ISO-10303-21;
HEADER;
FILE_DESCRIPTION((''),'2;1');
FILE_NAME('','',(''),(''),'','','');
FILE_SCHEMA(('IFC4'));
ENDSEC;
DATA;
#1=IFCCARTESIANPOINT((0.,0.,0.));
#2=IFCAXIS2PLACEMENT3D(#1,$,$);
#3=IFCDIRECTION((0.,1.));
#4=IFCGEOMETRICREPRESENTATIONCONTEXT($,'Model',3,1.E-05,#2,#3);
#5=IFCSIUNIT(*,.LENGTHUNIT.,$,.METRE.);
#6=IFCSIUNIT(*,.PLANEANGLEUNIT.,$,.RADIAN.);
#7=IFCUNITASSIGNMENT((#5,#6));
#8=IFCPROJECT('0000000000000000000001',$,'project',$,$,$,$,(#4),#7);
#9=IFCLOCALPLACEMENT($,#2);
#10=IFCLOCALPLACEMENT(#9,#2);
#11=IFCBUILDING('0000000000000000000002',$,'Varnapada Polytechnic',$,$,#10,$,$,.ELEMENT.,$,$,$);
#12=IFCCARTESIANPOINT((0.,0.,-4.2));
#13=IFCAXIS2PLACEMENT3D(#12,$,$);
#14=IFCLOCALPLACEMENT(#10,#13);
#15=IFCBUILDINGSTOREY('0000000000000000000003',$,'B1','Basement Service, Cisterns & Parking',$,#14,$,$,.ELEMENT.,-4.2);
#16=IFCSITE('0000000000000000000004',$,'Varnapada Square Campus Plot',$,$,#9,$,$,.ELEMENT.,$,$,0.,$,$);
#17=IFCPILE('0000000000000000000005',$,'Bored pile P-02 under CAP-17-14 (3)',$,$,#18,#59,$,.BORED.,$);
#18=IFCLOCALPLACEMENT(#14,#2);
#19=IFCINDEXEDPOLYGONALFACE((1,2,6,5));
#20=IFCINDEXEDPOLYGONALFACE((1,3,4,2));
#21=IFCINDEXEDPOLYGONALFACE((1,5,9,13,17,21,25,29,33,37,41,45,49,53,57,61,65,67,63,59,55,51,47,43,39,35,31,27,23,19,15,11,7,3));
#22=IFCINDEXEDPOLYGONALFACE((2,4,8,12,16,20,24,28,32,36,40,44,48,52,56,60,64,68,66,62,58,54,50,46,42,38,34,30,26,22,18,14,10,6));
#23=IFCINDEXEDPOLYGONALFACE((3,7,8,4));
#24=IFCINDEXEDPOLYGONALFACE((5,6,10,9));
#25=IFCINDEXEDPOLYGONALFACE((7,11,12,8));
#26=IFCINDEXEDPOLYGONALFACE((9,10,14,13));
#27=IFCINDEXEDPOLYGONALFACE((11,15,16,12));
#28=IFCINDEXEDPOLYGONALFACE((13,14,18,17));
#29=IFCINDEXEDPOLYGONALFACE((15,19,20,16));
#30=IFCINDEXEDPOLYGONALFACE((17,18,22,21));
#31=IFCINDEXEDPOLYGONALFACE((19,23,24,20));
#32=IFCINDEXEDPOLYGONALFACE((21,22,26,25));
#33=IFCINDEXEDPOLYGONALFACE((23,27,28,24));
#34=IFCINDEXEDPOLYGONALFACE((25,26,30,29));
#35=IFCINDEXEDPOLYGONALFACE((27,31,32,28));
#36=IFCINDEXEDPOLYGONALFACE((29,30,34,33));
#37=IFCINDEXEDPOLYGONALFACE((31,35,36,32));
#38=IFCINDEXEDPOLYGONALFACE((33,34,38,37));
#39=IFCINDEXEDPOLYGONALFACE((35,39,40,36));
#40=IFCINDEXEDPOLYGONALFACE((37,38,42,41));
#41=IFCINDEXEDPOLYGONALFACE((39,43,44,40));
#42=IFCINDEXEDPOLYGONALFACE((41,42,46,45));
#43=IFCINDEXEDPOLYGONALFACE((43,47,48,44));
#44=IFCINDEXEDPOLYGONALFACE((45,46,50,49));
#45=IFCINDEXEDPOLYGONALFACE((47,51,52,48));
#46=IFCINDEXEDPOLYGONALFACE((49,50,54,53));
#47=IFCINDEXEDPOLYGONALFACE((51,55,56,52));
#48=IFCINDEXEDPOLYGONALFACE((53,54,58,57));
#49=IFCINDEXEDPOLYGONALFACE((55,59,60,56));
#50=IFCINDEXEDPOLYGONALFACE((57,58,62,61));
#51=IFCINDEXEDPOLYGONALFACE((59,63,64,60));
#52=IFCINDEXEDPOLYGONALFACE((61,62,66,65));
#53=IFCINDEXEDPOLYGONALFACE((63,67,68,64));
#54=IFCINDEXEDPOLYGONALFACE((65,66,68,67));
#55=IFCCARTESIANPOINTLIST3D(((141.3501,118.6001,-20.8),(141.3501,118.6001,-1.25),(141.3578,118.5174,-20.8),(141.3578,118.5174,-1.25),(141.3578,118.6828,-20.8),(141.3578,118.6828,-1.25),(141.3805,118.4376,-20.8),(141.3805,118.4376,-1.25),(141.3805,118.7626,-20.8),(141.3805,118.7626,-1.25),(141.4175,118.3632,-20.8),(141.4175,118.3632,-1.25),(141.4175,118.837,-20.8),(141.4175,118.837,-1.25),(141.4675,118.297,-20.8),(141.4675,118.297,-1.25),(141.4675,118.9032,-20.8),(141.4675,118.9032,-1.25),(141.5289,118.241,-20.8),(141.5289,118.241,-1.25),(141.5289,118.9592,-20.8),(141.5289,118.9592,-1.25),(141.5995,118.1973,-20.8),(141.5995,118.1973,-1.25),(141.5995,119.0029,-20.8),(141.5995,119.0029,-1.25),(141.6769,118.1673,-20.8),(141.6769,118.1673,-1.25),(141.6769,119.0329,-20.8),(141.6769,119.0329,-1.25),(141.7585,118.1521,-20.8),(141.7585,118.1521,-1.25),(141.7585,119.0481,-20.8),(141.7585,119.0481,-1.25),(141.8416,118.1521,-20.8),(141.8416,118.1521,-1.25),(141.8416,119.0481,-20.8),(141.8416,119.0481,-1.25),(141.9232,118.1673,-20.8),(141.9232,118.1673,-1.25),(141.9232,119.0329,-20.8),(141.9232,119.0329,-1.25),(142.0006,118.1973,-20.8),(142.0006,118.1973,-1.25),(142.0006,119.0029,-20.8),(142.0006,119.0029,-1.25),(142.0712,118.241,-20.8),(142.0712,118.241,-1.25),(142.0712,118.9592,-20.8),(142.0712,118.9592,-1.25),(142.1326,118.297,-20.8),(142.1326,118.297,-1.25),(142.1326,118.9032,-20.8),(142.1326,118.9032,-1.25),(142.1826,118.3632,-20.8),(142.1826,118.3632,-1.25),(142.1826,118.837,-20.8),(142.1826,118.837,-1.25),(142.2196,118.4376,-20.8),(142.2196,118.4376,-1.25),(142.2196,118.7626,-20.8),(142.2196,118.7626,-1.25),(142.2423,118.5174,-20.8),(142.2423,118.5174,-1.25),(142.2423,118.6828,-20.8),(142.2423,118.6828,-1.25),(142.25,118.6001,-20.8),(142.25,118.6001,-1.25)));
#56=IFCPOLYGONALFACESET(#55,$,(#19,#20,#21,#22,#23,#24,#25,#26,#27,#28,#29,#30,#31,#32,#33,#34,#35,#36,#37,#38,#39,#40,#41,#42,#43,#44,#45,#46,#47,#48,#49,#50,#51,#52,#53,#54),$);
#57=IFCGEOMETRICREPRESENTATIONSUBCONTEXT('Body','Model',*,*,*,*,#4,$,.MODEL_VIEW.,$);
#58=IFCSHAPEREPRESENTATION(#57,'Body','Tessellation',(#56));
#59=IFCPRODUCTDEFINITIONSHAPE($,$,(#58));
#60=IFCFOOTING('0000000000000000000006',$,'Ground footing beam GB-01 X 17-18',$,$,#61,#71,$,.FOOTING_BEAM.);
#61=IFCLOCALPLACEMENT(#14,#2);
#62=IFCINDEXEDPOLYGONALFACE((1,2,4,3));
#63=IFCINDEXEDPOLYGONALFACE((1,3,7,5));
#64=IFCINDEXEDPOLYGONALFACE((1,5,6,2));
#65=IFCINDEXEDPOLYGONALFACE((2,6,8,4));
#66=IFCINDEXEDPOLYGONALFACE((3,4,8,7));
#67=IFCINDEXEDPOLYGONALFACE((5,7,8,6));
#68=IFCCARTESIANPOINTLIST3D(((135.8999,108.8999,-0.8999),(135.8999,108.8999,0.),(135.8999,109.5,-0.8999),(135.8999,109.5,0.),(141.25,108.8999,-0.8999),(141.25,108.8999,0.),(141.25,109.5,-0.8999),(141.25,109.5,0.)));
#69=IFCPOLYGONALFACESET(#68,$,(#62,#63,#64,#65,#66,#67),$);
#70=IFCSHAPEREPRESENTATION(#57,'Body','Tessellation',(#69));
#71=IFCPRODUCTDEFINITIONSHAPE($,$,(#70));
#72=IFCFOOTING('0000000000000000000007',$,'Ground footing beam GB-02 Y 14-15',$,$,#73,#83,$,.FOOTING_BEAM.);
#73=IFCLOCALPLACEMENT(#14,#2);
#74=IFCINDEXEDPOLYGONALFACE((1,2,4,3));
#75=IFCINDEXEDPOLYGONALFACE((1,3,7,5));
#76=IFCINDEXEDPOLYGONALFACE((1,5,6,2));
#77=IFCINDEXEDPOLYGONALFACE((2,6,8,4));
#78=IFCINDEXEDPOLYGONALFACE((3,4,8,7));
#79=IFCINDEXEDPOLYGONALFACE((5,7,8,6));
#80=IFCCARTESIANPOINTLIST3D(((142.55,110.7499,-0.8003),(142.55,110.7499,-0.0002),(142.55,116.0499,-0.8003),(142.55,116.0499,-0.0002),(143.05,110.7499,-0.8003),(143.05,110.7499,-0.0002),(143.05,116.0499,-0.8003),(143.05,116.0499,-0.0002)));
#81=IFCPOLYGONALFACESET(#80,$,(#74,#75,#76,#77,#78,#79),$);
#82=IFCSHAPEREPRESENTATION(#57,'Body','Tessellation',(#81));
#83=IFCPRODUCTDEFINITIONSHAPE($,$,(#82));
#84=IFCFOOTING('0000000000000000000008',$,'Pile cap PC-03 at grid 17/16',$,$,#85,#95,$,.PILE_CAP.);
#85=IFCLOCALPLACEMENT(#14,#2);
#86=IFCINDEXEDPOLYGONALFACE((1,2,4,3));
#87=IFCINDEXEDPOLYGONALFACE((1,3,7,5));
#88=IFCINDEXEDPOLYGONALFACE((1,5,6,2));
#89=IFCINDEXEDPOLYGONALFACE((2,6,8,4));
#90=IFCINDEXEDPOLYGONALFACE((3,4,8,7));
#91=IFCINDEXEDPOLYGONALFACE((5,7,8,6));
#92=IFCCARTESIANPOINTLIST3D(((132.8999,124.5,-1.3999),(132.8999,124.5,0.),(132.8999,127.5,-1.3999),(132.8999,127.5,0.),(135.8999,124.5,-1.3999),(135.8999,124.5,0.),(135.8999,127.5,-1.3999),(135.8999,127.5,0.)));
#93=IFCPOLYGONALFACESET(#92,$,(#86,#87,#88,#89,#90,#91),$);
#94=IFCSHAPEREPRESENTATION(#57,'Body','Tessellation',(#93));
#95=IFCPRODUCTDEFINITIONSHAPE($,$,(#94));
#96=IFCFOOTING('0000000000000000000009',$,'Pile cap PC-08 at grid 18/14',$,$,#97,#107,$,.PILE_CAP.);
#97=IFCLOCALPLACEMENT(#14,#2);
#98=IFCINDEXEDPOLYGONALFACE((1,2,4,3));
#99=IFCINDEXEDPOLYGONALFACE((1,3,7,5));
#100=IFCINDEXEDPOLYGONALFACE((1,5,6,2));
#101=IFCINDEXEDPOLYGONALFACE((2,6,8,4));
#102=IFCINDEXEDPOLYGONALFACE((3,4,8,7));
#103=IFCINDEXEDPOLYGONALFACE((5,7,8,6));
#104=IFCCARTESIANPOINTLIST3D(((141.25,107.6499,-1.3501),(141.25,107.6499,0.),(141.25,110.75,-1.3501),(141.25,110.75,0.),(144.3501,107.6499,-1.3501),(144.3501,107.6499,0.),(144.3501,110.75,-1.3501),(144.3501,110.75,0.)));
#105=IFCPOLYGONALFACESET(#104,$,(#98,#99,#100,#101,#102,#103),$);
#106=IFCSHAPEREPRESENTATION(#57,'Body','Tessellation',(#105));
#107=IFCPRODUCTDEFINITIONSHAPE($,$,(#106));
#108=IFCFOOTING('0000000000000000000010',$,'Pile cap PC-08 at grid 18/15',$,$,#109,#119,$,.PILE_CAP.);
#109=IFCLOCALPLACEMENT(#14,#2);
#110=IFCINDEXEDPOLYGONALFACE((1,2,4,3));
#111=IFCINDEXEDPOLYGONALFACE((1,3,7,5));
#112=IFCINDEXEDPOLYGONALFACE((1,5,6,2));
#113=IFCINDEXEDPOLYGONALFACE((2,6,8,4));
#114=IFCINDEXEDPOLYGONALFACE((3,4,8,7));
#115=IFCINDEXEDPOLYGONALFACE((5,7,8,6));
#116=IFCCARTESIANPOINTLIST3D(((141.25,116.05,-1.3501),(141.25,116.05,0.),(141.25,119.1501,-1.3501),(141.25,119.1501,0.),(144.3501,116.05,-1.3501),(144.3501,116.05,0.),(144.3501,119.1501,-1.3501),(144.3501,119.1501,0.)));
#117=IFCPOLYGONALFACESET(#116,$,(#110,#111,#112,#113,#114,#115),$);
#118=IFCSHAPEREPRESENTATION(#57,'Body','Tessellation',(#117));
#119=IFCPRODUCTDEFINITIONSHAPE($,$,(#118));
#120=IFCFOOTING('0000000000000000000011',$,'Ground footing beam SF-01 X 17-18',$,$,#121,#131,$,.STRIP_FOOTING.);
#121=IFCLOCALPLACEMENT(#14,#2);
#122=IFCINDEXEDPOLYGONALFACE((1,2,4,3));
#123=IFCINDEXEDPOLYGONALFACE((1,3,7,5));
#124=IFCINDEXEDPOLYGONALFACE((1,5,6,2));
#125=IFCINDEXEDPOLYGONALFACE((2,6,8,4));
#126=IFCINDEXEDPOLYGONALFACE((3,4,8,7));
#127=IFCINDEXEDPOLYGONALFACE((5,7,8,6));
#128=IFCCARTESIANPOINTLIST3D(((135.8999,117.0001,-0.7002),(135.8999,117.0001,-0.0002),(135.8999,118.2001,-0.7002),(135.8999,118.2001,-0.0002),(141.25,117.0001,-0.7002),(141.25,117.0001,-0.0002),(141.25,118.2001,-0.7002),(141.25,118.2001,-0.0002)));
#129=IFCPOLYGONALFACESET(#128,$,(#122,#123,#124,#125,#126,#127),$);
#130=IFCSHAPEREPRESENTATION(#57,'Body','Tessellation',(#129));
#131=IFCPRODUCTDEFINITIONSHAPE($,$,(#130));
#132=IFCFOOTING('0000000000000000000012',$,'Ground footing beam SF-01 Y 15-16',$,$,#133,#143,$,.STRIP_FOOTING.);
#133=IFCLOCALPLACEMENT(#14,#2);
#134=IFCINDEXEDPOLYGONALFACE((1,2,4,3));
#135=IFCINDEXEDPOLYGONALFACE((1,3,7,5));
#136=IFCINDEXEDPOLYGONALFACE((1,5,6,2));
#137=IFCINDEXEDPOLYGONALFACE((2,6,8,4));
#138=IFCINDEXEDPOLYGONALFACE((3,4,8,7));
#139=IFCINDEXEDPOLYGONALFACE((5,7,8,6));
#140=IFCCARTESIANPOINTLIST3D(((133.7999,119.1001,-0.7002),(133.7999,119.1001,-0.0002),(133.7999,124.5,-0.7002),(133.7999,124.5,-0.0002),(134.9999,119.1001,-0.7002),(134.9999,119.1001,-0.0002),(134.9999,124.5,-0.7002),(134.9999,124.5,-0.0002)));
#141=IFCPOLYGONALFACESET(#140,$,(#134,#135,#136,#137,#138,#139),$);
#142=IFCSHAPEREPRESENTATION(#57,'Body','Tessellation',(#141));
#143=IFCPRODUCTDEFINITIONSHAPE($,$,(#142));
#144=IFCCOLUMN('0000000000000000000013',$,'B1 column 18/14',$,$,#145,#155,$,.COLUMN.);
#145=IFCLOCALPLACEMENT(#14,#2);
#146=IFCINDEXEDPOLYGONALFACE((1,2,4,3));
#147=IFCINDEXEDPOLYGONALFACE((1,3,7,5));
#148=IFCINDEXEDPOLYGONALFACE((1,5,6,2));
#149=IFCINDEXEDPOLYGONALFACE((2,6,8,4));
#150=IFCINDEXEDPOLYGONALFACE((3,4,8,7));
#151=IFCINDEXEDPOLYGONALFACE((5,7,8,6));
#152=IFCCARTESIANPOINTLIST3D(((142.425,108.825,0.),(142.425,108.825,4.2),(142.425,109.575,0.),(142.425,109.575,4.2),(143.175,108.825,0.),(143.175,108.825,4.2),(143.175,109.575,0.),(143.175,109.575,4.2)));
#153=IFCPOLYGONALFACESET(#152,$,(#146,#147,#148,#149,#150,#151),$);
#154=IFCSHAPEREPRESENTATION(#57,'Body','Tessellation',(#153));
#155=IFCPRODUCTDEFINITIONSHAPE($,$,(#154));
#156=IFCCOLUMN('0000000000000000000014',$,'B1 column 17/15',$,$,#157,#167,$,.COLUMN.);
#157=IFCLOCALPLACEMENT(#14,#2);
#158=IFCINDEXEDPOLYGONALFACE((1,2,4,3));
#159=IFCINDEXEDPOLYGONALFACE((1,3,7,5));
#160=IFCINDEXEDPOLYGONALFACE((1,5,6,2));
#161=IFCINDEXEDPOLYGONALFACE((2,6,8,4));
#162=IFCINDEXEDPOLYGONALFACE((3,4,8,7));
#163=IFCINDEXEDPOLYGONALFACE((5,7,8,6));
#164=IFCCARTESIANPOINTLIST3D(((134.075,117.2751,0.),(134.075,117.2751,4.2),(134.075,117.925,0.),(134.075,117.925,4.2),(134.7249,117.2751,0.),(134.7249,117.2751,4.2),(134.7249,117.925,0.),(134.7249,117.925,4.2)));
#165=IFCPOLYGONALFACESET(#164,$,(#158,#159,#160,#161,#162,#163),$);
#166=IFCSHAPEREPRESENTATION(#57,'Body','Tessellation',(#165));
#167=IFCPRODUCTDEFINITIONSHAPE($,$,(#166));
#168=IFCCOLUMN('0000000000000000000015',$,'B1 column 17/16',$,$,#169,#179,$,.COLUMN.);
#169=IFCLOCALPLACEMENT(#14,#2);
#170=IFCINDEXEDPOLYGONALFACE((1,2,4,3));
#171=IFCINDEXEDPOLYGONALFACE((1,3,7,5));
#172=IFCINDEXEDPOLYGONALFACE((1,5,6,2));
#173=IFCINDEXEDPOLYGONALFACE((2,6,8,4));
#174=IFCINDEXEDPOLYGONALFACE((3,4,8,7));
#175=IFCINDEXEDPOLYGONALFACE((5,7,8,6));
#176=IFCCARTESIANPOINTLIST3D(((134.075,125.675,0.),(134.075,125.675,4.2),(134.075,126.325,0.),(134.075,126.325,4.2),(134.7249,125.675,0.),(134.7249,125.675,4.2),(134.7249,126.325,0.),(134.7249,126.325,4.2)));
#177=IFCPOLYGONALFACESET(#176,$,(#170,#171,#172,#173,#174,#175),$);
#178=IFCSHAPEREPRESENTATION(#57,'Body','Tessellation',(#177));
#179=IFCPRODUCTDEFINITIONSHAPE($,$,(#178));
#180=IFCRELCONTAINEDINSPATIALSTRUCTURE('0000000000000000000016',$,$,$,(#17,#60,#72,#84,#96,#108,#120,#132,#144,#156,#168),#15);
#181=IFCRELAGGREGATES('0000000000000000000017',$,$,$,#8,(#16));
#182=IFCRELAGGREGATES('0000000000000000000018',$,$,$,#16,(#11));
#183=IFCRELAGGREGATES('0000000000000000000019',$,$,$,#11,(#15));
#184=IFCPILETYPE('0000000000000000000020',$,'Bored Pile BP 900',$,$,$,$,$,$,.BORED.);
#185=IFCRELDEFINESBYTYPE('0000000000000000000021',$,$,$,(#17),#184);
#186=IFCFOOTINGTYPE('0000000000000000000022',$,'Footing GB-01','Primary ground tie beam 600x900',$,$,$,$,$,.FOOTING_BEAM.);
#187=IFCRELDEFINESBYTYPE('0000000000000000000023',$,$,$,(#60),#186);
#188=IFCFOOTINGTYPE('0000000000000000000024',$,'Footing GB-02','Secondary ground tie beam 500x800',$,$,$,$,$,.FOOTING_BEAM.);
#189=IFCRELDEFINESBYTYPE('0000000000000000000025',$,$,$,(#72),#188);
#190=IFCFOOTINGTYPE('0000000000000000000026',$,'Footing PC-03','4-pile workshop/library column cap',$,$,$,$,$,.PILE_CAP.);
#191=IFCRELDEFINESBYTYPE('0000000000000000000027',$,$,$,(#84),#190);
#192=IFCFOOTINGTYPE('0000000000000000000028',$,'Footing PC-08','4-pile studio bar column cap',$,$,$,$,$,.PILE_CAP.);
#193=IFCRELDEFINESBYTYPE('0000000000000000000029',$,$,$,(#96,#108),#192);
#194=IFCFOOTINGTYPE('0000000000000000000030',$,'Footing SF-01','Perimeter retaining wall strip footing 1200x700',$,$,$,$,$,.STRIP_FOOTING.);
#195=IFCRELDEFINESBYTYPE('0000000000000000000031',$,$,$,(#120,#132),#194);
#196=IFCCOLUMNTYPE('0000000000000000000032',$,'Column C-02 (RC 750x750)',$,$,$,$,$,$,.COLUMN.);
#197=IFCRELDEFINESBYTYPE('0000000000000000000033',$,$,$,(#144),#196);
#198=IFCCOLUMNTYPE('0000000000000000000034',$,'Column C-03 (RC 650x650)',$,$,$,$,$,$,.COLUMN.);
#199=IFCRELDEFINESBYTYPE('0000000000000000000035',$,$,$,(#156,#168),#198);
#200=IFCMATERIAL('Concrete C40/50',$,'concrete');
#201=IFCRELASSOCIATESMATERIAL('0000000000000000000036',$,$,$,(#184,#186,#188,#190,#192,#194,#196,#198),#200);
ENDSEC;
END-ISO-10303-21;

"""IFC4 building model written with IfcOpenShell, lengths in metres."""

from ifc_helpers import new_model, si_unit, direction, frame, origin, origin_2d, place, context, subcontext, project, spatial, rectangle, circle, extrude, material, material_profile, profile_set, type_object, element, save


model = new_model("IFC4")

# Units and contexts
model_context = context("Model", 3, precision=1e-05, world=origin(), true_north=direction((0.0, 1.0)))
body_context = subcontext(model_context, "Body", "Model", "MODEL_VIEW")
ifc_project = project(units=[si_unit("LENGTHUNIT", "METRE"), si_unit("PLANEANGLEUNIT", "RADIAN")], contexts=[model_context])

# Site, building, storey
site_placement = place(None, origin())
site = spatial("IfcSite", under=ifc_project, at=site_placement, Name="Varnapada Square Campus Plot", CompositionType="ELEMENT", RefElevation=0.0)
building_placement = place(site_placement, origin())
building = spatial("IfcBuilding", under=site, at=building_placement, Name="Varnapada Polytechnic", CompositionType="ELEMENT")
storey_placement = place(building_placement, frame((0.0, 0.0, -4.2)))
storey = spatial("IfcBuildingStorey", under=building, at=storey_placement, Name="B1", Description="Basement Service, Cisterns & Parking", CompositionType="ELEMENT", Elevation=-4.2)

# Pile
ifc_material_1 = material(Name="Concrete C40/50", Category="concrete")
ifc_material_profile_1 = material_profile(ifc_material_1, circle(Radius=0.45, at=origin_2d()), Name="BP 900")
ifc_profile_set_1 = profile_set([ifc_material_profile_1], Name="Concrete C40/50")
pile_type = type_object("IfcPileType", Name="Bored Pile BP 900", PredefinedType="BORED", material=ifc_profile_set_1)
for number, where, z_axis, x_axis, name in (
    (1, (141.8, 118.6001, -1.25), (0.0, 0.0, -1.0), (1.0, 0.0, 0.0), "Bored pile P-02 under CAP-17-14 (3)"),
):
    element("IfcPile", number, at=place(storey_placement, frame(where, z_axis=z_axis, x_axis=x_axis)), inside=storey, type_object=pile_type, Name=name, PredefinedType="BORED", context=body_context, shape_type="SweptSolid", body=[
        extrude(circle(Radius=0.45, at=origin_2d()), origin(), (0.0, 0.0, 1.0), 19.55),
    ])

# Footings
footing_type_1 = type_object("IfcFootingType", Name="Footing GB-01", Description="Primary ground tie beam 600x900", PredefinedType="FOOTING_BEAM", material=ifc_material_1)
footing_1_placement = place(storey_placement, frame((138.575, 109.2, -0.8999), z_axis=(0.0, 0.0, 1.0), x_axis=(1.0, 0.0, 0.0)))
element("IfcFooting", 2, at=footing_1_placement, inside=storey, type_object=footing_type_1, Name="Ground footing beam GB-01 X 17-18", PredefinedType="FOOTING_BEAM", context=body_context, shape_type="SweptSolid", body=[
    extrude(rectangle(XDim=5.3501, YDim=0.6001, at=origin_2d()), origin(), (0.0, 0.0, 1.0), 0.8999),
])
footing_type_2 = type_object("IfcFootingType", Name="Footing GB-02", Description="Secondary ground tie beam 500x800", PredefinedType="FOOTING_BEAM", material=ifc_material_1)
footing_2_placement = place(storey_placement, frame((142.8, 113.3999, -0.8003), z_axis=(0.0, 0.0, 1.0), x_axis=(0.0, 1.0, 0.0)))
element("IfcFooting", 3, at=footing_2_placement, inside=storey, type_object=footing_type_2, Name="Ground footing beam GB-02 Y 14-15", PredefinedType="FOOTING_BEAM", context=body_context, shape_type="SweptSolid", body=[
    extrude(rectangle(XDim=5.3, YDim=0.5, at=origin_2d()), origin(), (0.0, 0.0, 1.0), 0.8),
])
footing_type_3 = type_object("IfcFootingType", Name="Footing PC-03", Description="4-pile workshop/library column cap", PredefinedType="PILE_CAP", material=ifc_material_1)
footing_3_placement = place(storey_placement, frame((134.3999, 126.0, -1.3999), z_axis=(0.0, 0.0, 1.0), x_axis=(1.0, 0.0, 0.0)))
element("IfcFooting", 4, at=footing_3_placement, inside=storey, type_object=footing_type_3, Name="Pile cap PC-03 at grid 17/16", PredefinedType="PILE_CAP", context=body_context, shape_type="SweptSolid", body=[
    extrude(rectangle(XDim=3.0, YDim=3.0, at=origin_2d()), origin(), (0.0, 0.0, 1.0), 1.3999),
])
footing_type_4 = type_object("IfcFootingType", Name="Footing PC-08", Description="4-pile studio bar column cap", PredefinedType="PILE_CAP", material=ifc_material_1)
for number, where, z_axis, x_axis, name in (
    (5, (142.8, 109.2, -1.3501), (0.0, 0.0, 1.0), (1.0, 0.0, 0.0), "Pile cap PC-08 at grid 18/14"),
    (6, (142.8, 117.6001, -1.3501), (0.0, 0.0, 1.0), (1.0, 0.0, 0.0), "Pile cap PC-08 at grid 18/15"),
):
    element("IfcFooting", number, at=place(storey_placement, frame(where, z_axis=z_axis, x_axis=x_axis)), inside=storey, type_object=footing_type_4, Name=name, PredefinedType="PILE_CAP", context=body_context, shape_type="SweptSolid", body=[
        extrude(rectangle(XDim=3.1001, YDim=3.1001, at=origin_2d()), origin(), (0.0, 0.0, 1.0), 1.3501),
    ])
footing_type_5 = type_object("IfcFootingType", Name="Footing SF-01", Description="Perimeter retaining wall strip footing 1200x700", PredefinedType="STRIP_FOOTING", material=ifc_material_1)
footing_4_placement = place(storey_placement, frame((138.575, 117.6001, -0.7002), z_axis=(0.0, 0.0, 1.0), x_axis=(1.0, 0.0, 0.0)))
element("IfcFooting", 7, at=footing_4_placement, inside=storey, type_object=footing_type_5, Name="Ground footing beam SF-01 X 17-18", PredefinedType="STRIP_FOOTING", context=body_context, shape_type="SweptSolid", body=[
    extrude(rectangle(XDim=5.3501, YDim=1.2, at=origin_2d()), origin(), (0.0, 0.0, 1.0), 0.7),
])
footing_5_placement = place(storey_placement, frame((134.3999, 121.8, -0.7002), z_axis=(0.0, 0.0, 1.0), x_axis=(0.0, 1.0, 0.0)))
element("IfcFooting", 8, at=footing_5_placement, inside=storey, type_object=footing_type_5, Name="Ground footing beam SF-01 Y 15-16", PredefinedType="STRIP_FOOTING", context=body_context, shape_type="SweptSolid", body=[
    extrude(rectangle(XDim=5.3999, YDim=1.2, at=origin_2d()), origin(), (0.0, 0.0, 1.0), 0.7),
])

# Columns
ifc_material_profile_2 = material_profile(ifc_material_1, rectangle(XDim=0.75, YDim=0.75, at=origin_2d()), Name="RC 750x750")
ifc_profile_set_2 = profile_set([ifc_material_profile_2], Name="Concrete C40/50")
column_type_1 = type_object("IfcColumnType", Name="Column C-02 (RC 750x750)", PredefinedType="COLUMN", material=ifc_profile_set_2)
column_placement = place(storey_placement, frame((142.8, 109.2, 0.0), z_axis=(0.0, 0.0, 1.0), x_axis=(1.0, 0.0, 0.0)))
element("IfcColumn", 9, at=column_placement, inside=storey, type_object=column_type_1, Name="B1 column 18/14", PredefinedType="COLUMN", context=body_context, shape_type="SweptSolid", body=[
    extrude(rectangle(XDim=0.75, YDim=0.75, at=origin_2d()), origin(), (0.0, 0.0, 1.0), 4.2),
])
ifc_material_profile_3 = material_profile(ifc_material_1, rectangle(XDim=0.6499, YDim=0.6499, at=origin_2d()), Name="RC 650x650")
ifc_profile_set_3 = profile_set([ifc_material_profile_3], Name="Concrete C40/50")
column_type_2 = type_object("IfcColumnType", Name="Column C-03 (RC 650x650)", PredefinedType="COLUMN", material=ifc_profile_set_3)
for number, where, z_axis, x_axis, name in (
    (10, (134.3999, 117.6001, 0.0), (0.0, 0.0, 1.0), (1.0, 0.0, 0.0), "B1 column 17/15"),
    (11, (134.3999, 126.0, 0.0), (0.0, 0.0, 1.0), (1.0, 0.0, 0.0), "B1 column 17/16"),
):
    element("IfcColumn", number, at=place(storey_placement, frame(where, z_axis=z_axis, x_axis=x_axis)), inside=storey, type_object=column_type_2, Name=name, PredefinedType="COLUMN", context=body_context, shape_type="SweptSolid", body=[
        extrude(rectangle(XDim=0.6499, YDim=0.6499, at=origin_2d()), origin(), (0.0, 0.0, 1.0), 4.2),
    ])

save(model, "model.ifc")
